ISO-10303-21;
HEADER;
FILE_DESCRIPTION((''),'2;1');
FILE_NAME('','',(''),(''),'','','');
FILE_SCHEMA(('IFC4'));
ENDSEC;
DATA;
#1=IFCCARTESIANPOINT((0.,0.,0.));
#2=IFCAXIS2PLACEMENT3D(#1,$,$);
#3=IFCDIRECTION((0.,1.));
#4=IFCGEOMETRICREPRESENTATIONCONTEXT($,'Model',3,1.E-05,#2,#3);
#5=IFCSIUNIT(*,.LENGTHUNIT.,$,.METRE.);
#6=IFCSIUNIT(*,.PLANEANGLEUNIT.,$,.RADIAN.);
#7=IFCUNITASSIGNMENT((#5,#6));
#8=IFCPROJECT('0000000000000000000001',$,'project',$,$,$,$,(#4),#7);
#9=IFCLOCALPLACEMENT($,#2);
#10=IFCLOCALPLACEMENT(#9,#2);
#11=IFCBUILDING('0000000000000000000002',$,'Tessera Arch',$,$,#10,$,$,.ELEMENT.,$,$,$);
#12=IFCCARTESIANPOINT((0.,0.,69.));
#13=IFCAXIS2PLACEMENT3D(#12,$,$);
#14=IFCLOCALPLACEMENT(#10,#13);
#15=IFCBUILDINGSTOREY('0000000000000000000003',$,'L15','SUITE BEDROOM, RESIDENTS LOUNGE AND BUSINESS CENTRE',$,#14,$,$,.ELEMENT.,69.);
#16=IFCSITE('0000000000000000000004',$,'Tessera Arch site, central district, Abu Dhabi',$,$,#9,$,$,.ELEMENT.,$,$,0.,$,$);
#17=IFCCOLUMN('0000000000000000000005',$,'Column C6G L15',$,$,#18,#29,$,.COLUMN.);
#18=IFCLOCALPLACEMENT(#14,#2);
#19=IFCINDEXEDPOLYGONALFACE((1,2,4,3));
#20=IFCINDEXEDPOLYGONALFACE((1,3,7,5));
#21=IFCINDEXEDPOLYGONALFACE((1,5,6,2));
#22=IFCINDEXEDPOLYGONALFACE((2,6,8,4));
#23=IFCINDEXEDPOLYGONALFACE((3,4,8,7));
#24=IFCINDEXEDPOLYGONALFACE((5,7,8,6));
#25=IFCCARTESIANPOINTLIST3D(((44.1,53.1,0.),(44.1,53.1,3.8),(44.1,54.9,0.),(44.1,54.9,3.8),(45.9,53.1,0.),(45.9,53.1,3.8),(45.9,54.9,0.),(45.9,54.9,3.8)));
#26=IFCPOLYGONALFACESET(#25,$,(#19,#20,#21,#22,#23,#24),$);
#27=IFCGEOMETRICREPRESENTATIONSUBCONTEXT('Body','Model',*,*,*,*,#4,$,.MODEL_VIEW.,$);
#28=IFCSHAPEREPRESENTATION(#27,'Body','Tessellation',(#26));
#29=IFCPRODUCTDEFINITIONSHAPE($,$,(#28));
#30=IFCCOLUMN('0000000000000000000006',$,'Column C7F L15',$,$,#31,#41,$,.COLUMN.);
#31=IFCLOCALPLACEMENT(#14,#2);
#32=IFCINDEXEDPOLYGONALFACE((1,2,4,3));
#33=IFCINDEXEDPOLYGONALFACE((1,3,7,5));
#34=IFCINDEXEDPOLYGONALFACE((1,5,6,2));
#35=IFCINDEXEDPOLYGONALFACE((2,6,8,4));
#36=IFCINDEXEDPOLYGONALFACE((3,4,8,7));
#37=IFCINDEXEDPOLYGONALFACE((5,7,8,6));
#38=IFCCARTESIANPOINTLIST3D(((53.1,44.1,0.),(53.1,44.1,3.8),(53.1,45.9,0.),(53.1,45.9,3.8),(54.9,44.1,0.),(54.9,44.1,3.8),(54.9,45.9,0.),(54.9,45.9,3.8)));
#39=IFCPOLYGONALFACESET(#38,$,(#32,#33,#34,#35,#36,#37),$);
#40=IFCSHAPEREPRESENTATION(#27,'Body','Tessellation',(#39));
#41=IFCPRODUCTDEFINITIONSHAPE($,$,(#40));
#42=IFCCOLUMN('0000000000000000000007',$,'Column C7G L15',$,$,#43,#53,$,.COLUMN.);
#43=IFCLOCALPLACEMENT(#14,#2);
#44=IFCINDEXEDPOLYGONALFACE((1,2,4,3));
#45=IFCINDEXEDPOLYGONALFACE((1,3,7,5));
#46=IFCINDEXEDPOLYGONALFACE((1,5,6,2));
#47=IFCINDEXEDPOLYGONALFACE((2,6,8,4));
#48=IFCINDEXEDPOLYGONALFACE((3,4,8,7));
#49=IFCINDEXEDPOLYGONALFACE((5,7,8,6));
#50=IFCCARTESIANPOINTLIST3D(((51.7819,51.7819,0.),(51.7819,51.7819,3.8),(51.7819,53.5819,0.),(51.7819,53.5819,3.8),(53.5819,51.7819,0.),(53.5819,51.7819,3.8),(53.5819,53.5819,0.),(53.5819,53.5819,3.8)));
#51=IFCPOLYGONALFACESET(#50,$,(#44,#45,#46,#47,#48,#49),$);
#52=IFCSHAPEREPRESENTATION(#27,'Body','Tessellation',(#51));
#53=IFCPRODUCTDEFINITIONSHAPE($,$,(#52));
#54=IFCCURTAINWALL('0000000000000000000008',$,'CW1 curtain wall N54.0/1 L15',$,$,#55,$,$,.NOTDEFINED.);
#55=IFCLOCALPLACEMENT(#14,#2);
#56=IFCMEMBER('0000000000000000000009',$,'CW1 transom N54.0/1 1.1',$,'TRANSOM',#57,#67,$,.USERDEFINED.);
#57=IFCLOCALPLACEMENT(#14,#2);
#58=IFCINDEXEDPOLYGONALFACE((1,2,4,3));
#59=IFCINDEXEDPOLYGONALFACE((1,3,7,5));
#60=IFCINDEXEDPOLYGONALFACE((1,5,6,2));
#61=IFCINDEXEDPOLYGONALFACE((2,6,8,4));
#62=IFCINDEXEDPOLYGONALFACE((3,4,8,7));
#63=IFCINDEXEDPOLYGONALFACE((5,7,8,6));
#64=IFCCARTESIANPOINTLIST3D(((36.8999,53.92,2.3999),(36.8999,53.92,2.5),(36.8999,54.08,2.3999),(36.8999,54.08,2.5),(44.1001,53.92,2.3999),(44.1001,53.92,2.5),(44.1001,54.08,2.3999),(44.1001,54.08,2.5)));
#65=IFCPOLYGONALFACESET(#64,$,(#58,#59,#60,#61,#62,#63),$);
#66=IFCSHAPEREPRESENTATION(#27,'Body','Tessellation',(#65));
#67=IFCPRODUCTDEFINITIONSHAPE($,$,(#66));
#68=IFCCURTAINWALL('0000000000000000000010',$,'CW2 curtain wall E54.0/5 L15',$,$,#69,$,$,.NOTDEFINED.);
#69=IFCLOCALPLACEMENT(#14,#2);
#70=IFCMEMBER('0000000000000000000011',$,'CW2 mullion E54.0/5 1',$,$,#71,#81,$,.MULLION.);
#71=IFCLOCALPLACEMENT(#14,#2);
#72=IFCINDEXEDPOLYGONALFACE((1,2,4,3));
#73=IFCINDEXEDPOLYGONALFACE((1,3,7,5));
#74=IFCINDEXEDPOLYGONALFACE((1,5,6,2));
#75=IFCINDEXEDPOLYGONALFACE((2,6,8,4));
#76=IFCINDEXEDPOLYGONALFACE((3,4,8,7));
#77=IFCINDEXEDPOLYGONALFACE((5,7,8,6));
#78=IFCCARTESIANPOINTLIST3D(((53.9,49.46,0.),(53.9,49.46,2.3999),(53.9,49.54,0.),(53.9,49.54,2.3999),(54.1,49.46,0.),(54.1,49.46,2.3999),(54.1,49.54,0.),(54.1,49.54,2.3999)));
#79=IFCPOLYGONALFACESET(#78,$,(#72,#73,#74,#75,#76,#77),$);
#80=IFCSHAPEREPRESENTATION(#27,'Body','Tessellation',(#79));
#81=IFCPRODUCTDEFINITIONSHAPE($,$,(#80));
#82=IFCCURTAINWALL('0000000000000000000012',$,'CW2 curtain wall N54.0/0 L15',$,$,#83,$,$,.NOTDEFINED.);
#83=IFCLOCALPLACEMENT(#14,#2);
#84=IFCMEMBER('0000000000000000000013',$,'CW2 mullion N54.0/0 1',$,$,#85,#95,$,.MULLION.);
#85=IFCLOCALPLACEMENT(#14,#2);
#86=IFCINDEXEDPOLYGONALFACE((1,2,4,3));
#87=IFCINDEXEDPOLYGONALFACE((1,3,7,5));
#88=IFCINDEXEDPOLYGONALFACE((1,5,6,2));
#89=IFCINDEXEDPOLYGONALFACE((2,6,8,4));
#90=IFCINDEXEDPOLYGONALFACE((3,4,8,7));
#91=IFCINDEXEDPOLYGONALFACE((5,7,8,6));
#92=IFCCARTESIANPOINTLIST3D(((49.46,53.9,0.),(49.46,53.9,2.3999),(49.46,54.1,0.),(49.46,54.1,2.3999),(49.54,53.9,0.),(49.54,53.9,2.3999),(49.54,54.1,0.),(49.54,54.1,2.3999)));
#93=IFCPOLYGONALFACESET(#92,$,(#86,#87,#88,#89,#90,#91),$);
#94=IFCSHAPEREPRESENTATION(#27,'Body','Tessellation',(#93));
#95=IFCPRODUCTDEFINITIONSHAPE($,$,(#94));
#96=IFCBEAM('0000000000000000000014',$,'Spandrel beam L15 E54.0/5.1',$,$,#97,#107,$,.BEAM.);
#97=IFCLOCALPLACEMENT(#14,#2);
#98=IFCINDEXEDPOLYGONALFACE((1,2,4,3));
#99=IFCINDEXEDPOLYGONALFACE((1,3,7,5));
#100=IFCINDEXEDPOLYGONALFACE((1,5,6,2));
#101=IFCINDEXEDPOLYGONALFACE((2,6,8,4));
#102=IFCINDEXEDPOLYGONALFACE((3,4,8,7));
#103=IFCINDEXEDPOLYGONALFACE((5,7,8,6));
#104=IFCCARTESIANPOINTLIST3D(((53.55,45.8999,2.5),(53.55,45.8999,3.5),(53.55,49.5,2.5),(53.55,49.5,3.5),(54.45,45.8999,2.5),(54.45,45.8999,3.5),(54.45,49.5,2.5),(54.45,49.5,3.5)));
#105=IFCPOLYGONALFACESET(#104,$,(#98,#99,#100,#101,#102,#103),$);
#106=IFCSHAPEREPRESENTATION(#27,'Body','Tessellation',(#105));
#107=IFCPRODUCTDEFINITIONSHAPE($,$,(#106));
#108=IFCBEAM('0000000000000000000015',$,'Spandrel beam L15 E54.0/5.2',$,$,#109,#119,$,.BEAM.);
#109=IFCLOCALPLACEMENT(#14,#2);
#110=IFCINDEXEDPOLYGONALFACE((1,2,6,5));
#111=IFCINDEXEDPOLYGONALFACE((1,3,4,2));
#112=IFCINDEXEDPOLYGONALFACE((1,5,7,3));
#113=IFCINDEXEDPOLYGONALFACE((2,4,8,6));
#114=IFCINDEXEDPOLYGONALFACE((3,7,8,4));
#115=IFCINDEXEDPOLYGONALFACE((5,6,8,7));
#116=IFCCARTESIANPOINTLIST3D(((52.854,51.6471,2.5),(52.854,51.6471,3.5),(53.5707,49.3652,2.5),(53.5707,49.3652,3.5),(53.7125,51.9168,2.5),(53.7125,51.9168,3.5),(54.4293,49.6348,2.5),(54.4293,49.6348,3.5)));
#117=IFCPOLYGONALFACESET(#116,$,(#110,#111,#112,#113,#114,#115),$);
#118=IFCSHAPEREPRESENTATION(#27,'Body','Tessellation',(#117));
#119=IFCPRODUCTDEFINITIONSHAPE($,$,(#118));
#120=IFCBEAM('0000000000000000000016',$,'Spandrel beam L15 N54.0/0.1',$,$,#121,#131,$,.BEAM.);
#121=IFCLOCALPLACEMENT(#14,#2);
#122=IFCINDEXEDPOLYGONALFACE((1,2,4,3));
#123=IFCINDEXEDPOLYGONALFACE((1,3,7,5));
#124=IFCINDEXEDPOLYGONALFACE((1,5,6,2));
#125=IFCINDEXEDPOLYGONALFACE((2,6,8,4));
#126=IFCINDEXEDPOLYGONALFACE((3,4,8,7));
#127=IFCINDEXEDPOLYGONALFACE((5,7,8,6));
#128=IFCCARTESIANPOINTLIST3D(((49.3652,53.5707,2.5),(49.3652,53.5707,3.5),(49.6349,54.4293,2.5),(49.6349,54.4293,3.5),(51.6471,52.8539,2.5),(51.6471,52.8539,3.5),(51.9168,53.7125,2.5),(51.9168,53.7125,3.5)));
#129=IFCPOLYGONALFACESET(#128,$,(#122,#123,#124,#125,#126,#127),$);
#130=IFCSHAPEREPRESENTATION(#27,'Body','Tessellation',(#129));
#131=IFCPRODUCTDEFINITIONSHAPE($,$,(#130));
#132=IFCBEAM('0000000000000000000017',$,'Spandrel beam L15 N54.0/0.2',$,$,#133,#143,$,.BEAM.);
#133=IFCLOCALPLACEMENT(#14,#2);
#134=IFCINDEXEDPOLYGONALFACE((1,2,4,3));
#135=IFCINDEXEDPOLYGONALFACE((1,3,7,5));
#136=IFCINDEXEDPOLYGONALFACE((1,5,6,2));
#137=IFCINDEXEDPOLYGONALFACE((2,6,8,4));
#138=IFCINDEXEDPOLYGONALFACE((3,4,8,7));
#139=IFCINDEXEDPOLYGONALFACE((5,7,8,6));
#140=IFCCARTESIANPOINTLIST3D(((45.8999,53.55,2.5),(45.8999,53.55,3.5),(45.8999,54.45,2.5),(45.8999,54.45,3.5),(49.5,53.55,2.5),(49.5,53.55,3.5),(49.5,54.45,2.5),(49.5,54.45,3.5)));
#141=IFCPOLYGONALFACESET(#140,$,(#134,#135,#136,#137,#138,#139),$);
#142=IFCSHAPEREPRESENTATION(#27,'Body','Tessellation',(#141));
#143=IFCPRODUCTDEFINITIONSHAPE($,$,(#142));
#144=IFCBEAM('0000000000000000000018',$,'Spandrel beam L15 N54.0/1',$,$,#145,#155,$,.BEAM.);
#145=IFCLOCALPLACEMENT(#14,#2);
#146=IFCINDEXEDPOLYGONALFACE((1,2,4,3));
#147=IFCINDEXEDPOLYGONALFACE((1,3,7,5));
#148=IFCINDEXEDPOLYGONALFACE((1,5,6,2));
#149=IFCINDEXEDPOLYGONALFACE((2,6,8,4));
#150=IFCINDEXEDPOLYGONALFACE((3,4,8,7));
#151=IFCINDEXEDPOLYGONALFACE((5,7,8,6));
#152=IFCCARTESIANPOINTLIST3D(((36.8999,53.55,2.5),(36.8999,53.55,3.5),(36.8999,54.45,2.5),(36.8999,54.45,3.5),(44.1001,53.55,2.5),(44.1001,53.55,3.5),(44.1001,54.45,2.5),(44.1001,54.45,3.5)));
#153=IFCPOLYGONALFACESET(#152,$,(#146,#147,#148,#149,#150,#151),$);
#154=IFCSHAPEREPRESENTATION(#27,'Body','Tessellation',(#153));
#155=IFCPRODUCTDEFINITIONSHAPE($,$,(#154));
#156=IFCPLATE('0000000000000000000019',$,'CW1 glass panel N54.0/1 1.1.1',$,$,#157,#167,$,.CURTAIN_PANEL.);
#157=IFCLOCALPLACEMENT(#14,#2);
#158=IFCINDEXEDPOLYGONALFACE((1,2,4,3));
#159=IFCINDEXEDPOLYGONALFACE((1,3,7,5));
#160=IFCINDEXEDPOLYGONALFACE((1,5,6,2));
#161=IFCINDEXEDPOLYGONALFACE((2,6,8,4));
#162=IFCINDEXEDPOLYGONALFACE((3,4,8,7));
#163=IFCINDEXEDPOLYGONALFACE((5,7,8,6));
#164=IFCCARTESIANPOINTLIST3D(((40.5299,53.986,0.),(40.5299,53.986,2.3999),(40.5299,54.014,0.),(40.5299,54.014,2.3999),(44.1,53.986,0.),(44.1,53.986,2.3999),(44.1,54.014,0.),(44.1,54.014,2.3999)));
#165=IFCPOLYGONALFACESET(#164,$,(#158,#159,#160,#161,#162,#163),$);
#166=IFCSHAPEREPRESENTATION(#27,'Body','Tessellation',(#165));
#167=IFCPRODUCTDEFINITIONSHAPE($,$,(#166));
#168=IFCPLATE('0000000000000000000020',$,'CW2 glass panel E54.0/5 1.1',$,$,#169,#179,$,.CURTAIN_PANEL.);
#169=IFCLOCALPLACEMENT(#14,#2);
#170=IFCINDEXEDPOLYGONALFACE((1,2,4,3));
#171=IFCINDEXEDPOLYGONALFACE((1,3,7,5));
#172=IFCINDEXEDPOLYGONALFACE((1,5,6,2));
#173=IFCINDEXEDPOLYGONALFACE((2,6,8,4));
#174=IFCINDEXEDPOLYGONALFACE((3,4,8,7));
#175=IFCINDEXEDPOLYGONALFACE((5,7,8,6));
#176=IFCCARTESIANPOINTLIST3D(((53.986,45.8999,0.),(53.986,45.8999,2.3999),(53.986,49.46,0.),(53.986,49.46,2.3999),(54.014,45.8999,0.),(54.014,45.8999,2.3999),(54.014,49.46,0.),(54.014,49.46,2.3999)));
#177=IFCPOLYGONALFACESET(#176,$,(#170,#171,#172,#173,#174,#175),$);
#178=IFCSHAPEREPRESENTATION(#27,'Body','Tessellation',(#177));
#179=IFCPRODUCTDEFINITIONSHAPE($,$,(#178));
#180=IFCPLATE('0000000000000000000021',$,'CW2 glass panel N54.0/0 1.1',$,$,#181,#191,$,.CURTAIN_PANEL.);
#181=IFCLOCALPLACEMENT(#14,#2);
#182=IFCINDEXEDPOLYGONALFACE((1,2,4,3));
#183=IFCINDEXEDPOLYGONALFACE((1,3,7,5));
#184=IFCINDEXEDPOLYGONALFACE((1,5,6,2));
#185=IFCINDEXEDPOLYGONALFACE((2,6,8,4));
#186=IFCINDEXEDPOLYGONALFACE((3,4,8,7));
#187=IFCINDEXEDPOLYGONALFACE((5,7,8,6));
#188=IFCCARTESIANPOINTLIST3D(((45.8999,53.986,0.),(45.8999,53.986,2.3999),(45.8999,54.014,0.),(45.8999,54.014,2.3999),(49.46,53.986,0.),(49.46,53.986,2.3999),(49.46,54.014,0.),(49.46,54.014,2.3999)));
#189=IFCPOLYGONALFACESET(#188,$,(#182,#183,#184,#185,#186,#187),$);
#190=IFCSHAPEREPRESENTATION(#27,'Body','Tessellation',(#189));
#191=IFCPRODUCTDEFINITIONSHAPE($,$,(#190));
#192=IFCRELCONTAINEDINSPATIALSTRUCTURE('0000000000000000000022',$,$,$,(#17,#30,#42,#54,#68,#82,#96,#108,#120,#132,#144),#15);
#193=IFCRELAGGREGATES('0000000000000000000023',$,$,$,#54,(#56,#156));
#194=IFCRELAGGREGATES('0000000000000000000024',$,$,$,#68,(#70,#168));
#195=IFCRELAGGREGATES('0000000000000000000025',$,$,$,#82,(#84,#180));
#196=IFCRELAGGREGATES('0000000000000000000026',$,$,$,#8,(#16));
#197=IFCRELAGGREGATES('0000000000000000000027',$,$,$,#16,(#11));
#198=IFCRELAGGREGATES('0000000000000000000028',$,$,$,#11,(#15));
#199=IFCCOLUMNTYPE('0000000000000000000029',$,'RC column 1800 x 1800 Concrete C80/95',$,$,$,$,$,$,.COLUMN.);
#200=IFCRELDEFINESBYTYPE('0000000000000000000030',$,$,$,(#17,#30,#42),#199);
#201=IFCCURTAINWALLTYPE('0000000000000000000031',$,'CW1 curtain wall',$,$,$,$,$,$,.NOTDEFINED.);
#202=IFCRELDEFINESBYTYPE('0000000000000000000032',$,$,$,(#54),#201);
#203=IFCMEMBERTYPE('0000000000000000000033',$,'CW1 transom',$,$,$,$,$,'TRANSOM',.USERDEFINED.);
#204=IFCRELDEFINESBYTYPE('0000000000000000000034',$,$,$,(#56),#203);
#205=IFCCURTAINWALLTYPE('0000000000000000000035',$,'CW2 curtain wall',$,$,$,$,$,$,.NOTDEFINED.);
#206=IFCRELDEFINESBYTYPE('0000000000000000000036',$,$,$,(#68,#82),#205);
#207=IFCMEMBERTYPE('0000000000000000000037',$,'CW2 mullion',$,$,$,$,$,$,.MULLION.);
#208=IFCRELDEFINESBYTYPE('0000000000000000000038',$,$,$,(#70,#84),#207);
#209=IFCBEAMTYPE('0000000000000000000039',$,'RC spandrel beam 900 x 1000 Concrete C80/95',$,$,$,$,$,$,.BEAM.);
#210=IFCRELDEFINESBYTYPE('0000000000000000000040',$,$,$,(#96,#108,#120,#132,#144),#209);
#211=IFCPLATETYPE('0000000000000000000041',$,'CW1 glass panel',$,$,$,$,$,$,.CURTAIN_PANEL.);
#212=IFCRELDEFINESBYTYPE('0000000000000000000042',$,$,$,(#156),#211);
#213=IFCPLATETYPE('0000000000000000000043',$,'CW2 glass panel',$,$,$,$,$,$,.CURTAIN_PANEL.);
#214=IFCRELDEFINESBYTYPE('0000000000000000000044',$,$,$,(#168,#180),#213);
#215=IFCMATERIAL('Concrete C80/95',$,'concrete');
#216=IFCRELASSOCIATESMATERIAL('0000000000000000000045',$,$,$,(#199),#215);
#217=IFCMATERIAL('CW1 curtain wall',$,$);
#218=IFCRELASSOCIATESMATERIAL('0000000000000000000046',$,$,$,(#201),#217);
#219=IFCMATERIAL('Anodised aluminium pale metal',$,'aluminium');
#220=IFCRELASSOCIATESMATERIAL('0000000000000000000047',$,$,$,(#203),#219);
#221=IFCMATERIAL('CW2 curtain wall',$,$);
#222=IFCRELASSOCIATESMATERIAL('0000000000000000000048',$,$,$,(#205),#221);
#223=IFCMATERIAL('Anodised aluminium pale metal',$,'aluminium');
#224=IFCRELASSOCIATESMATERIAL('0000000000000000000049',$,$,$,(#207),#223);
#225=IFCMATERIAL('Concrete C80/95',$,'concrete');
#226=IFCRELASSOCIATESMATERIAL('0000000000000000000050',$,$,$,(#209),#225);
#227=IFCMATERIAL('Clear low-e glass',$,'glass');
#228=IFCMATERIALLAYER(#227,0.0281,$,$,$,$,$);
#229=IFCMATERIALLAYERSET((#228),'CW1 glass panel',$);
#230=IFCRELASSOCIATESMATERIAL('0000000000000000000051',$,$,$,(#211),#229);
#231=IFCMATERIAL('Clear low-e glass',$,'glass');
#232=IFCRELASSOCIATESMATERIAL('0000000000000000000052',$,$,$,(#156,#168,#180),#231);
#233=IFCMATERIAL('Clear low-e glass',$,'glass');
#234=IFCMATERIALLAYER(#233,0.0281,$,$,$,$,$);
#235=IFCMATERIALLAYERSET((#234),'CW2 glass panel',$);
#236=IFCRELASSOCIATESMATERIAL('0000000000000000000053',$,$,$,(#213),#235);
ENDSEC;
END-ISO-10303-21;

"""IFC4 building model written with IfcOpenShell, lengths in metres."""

from ifc_helpers import new_model, si_unit, direction, frame, origin, origin_2d, place, context, subcontext, project, spatial, rectangle, extrude, material, layer, layer_set, material_profile, profile_set, type_object, element, aggregate, save


model = new_model("IFC4")

# Units and contexts
model_context = context("Model", 3, precision=1e-05, world=origin(), true_north=direction((0.0, 1.0)))
body_context = subcontext(model_context, "Body", "Model", "MODEL_VIEW")
ifc_project = project(units=[si_unit("LENGTHUNIT", "METRE"), si_unit("PLANEANGLEUNIT", "RADIAN")], contexts=[model_context])

# Site, building, storey
site_placement = place(None, origin())
site = spatial("IfcSite", under=ifc_project, at=site_placement, Name="Tessera Arch site, central district, Abu Dhabi", CompositionType="ELEMENT", RefElevation=0.0)
building_placement = place(site_placement, origin())
building = spatial("IfcBuilding", under=site, at=building_placement, Name="Tessera Arch", CompositionType="ELEMENT")
storey_placement = place(building_placement, frame((0.0, 0.0, 69.0)))
storey = spatial("IfcBuildingStorey", under=building, at=storey_placement, Name="L15", Description="SUITE BEDROOM, RESIDENTS LOUNGE AND BUSINESS CENTRE", CompositionType="ELEMENT", Elevation=69.0)

# Columns
ifc_material_1 = material(Name="Concrete C80/95", Category="concrete")
ifc_material_profile_1 = material_profile(ifc_material_1, rectangle(XDim=1.8, YDim=1.8, at=origin_2d()), Name="RC column 1800 x 1800 Concrete C80/95")
ifc_profile_set_1 = profile_set([ifc_material_profile_1], Name="Concrete C80/95")
column_type = type_object("IfcColumnType", Name="RC column 1800 x 1800 Concrete C80/95", PredefinedType="COLUMN", material=ifc_profile_set_1)
for number, where, z_axis, x_axis, name in (
    (1, (45.0, 54.0, 0.0), (0.0, 0.0, 1.0), (1.0, 0.0, 0.0), "Column C6G L15"),
    (2, (54.0, 45.0, 0.0), (0.0, 0.0, 1.0), (1.0, 0.0, 0.0), "Column C7F L15"),
    (3, (52.6819, 52.6819, 0.0), (0.0, 0.0, 1.0), (1.0, 0.0, 0.0), "Column C7G L15"),
):
    element("IfcColumn", number, at=place(storey_placement, frame(where, z_axis=z_axis, x_axis=x_axis)), inside=storey, type_object=column_type, Name=name, PredefinedType="COLUMN", context=body_context, shape_type="SweptSolid", body=[
        extrude(rectangle(XDim=1.8, YDim=1.8, at=origin_2d()), origin(), (0.0, 0.0, 1.0), 3.8),
    ])

# Curtain walls, members
ifc_material_2 = material(Name="CW1 curtain wall")
curtain_wall_type_1 = type_object("IfcCurtainWallType", Name="CW1 curtain wall", PredefinedType="NOTDEFINED", material=ifc_material_2)
curtain_wall_1_placement = place(storey_placement, origin())
curtain_wall_1 = element("IfcCurtainWall", 4, at=curtain_wall_1_placement, inside=storey, type_object=curtain_wall_type_1, Name="CW1 curtain wall N54.0/1 L15", PredefinedType="NOTDEFINED")
ifc_material_3 = material(Name="Anodised aluminium pale metal", Category="aluminium")
ifc_material_profile_2 = material_profile(ifc_material_3, rectangle(XDim=0.1599, YDim=0.1001, at=origin_2d()), Name="AL 160x100")
ifc_profile_set_2 = profile_set([ifc_material_profile_2], Name="Anodised aluminium pale metal")
member_type_1 = type_object("IfcMemberType", Name="CW1 transom", ElementType="TRANSOM", PredefinedType="USERDEFINED", material=ifc_profile_set_2)
member_1_placement = place(storey_placement, frame((44.1001, 54.0, 2.45), z_axis=(-1.0, 0.0, 0.0), x_axis=(0.0, -1.0, 0.0)))
member_1 = element("IfcMember", 5, at=member_1_placement, type_object=member_type_1, Name="CW1 transom N54.0/1 1.1", ObjectType="TRANSOM", PredefinedType="USERDEFINED", context=body_context, shape_type="SweptSolid", body=[
    extrude(rectangle(XDim=0.1599, YDim=0.1001, at=origin_2d()), origin(), (0.0, 0.0, 1.0), 7.2002),
])
ifc_material_4 = material(Name="CW2 curtain wall")
curtain_wall_type_2 = type_object("IfcCurtainWallType", Name="CW2 curtain wall", PredefinedType="NOTDEFINED", material=ifc_material_4)
curtain_wall_2_placement = place(storey_placement, origin())
curtain_wall_2 = element("IfcCurtainWall", 6, at=curtain_wall_2_placement, inside=storey, type_object=curtain_wall_type_2, Name="CW2 curtain wall E54.0/5 L15", PredefinedType="NOTDEFINED")
ifc_material_5 = material(Name="Anodised aluminium pale metal", Category="aluminium")
ifc_material_profile_3 = material_profile(ifc_material_5, rectangle(XDim=0.2, YDim=0.0801, at=origin_2d()), Name="AL 80x200")
ifc_profile_set_3 = profile_set([ifc_material_profile_3], Name="Anodised aluminium pale metal")
member_type_2 = type_object("IfcMemberType", Name="CW2 mullion", PredefinedType="MULLION", material=ifc_profile_set_3)
member_2_placement = place(storey_placement, frame((54.0, 49.5, 0.0), z_axis=(0.0, 0.0, 1.0), x_axis=(-1.0, 0.0, 0.0)))
member_2 = element("IfcMember", 7, at=member_2_placement, type_object=member_type_2, Name="CW2 mullion E54.0/5 1", PredefinedType="MULLION", context=body_context, shape_type="SweptSolid", body=[
    extrude(rectangle(XDim=0.2, YDim=0.0801, at=origin_2d()), origin(), (0.0, 0.0, 1.0), 2.3999),
])
curtain_wall_3_placement = place(storey_placement, origin())
curtain_wall_3 = element("IfcCurtainWall", 8, at=curtain_wall_3_placement, inside=storey, type_object=curtain_wall_type_2, Name="CW2 curtain wall N54.0/0 L15", PredefinedType="NOTDEFINED")
member_3_placement = place(storey_placement, frame((49.5, 54.0, 0.0), z_axis=(0.0, 0.0, 1.0), x_axis=(0.0, -1.0, 0.0)))
member_3 = element("IfcMember", 9, at=member_3_placement, type_object=member_type_2, Name="CW2 mullion N54.0/0 1", PredefinedType="MULLION", context=body_context, shape_type="SweptSolid", body=[
    extrude(rectangle(XDim=0.2, YDim=0.0801, at=origin_2d()), origin(), (0.0, 0.0, 1.0), 2.3999),
])

# Beams
ifc_material_6 = material(Name="Concrete C80/95", Category="concrete")
ifc_material_profile_4 = material_profile(ifc_material_6, rectangle(XDim=0.8999, YDim=1.0, at=origin_2d()), Name="RC spandrel beam 900 x 1000 Concrete C80/95")
ifc_profile_set_4 = profile_set([ifc_material_profile_4], Name="Concrete C80/95")
beam_type = type_object("IfcBeamType", Name="RC spandrel beam 900 x 1000 Concrete C80/95", PredefinedType="BEAM", material=ifc_profile_set_4)
beam_1_placement = place(storey_placement, frame((54.0, 45.8999, 3.0), z_axis=(0.0, 1.0, 0.0), x_axis=(-1.0, 0.0, 0.0)))
element("IfcBeam", 10, at=beam_1_placement, inside=storey, type_object=beam_type, Name="Spandrel beam L15 E54.0/5.1", PredefinedType="BEAM", context=body_context, shape_type="SweptSolid", body=[
    extrude(rectangle(XDim=0.8999, YDim=1.0, at=origin_2d()), origin(), (0.0, 0.0, 1.0), 3.6001),
])
for number, where, z_axis, x_axis, name in (
    (11, (54.0, 49.5, 3.0), (-0.299675, 0.954041, 0.0), (-0.954041, -0.299675, 0.0), "Spandrel beam L15 E54.0/5.2"),
    (12, (51.782, 53.2832, 3.0), (-0.954041, 0.299675, 0.0), (-0.299675, -0.954041, 0.0), "Spandrel beam L15 N54.0/0.1"),
):
    element("IfcBeam", number, at=place(storey_placement, frame(where, z_axis=z_axis, x_axis=x_axis)), inside=storey, type_object=beam_type, Name=name, PredefinedType="BEAM", context=body_context, shape_type="SweptSolid", body=[
        extrude(rectangle(XDim=0.8999, YDim=1.0, at=origin_2d()), origin(), (0.0, 0.0, 1.0), 2.3918),
    ])
beam_2_placement = place(storey_placement, frame((49.5, 54.0, 3.0), z_axis=(-1.0, 0.0, 0.0), x_axis=(0.0, -1.0, 0.0)))
element("IfcBeam", 13, at=beam_2_placement, inside=storey, type_object=beam_type, Name="Spandrel beam L15 N54.0/0.2", PredefinedType="BEAM", context=body_context, shape_type="SweptSolid", body=[
    extrude(rectangle(XDim=0.8999, YDim=1.0, at=origin_2d()), origin(), (0.0, 0.0, 1.0), 3.6001),
])
beam_3_placement = place(storey_placement, frame((44.1001, 54.0, 3.0), z_axis=(-1.0, 0.0, 0.0), x_axis=(0.0, -1.0, 0.0)))
element("IfcBeam", 14, at=beam_3_placement, inside=storey, type_object=beam_type, Name="Spandrel beam L15 N54.0/1", PredefinedType="BEAM", context=body_context, shape_type="SweptSolid", body=[
    extrude(rectangle(XDim=0.8999, YDim=1.0, at=origin_2d()), origin(), (0.0, 0.0, 1.0), 7.2002),
])

# Plates
ifc_material_7 = material(Name="Clear low-e glass", Category="glass")
ifc_material_8 = material(Name="Clear low-e glass", Category="glass")
ifc_layer_1 = layer(ifc_material_8, 0.0281)
ifc_layer_set_1 = layer_set([ifc_layer_1], Name="CW1 glass panel")
plate_type_1 = type_object("IfcPlateType", Name="CW1 glass panel", PredefinedType="CURTAIN_PANEL", material=ifc_layer_set_1)
plate_1_placement = place(storey_placement, frame((42.3149, 54.0, 0.0), z_axis=(0.0, 0.0, 1.0), x_axis=(-1.0, 0.0, 0.0)))
plate_1 = element("IfcPlate", 15, at=plate_1_placement, type_object=plate_type_1, material=ifc_material_7, Name="CW1 glass panel N54.0/1 1.1.1", PredefinedType="CURTAIN_PANEL", context=body_context, shape_type="SweptSolid", body=[
    extrude(rectangle(XDim=3.5701, YDim=0.0281, at=origin_2d()), origin(), (0.0, 0.0, 1.0), 2.3999),
])
aggregate(curtain_wall_1, [member_1, plate_1])
ifc_material_9 = material(Name="Clear low-e glass", Category="glass")
ifc_layer_2 = layer(ifc_material_9, 0.0281)
ifc_layer_set_2 = layer_set([ifc_layer_2], Name="CW2 glass panel")
plate_type_2 = type_object("IfcPlateType", Name="CW2 glass panel", PredefinedType="CURTAIN_PANEL", material=ifc_layer_set_2)
plate_2_placement = place(storey_placement, frame((54.0, 47.6799, 0.0), z_axis=(0.0, 0.0, 1.0), x_axis=(0.0, 1.0, 0.0)))
plate_2 = element("IfcPlate", 16, at=plate_2_placement, type_object=plate_type_2, material=ifc_material_7, Name="CW2 glass panel E54.0/5 1.1", PredefinedType="CURTAIN_PANEL", context=body_context, shape_type="SweptSolid", body=[
    extrude(rectangle(XDim=3.5601, YDim=0.0281, at=origin_2d()), origin(), (0.0, 0.0, 1.0), 2.3999),
])
aggregate(curtain_wall_2, [member_2, plate_2])
plate_3_placement = place(storey_placement, frame((47.6799, 54.0, 0.0), z_axis=(0.0, 0.0, 1.0), x_axis=(-1.0, 0.0, 0.0)))
plate_3 = element("IfcPlate", 17, at=plate_3_placement, type_object=plate_type_2, material=ifc_material_7, Name="CW2 glass panel N54.0/0 1.1", PredefinedType="CURTAIN_PANEL", context=body_context, shape_type="SweptSolid", body=[
    extrude(rectangle(XDim=3.5601, YDim=0.0281, at=origin_2d()), origin(), (0.0, 0.0, 1.0), 2.3999),
])
aggregate(curtain_wall_3, [member_3, plate_3])

save(model, "model.ifc")
